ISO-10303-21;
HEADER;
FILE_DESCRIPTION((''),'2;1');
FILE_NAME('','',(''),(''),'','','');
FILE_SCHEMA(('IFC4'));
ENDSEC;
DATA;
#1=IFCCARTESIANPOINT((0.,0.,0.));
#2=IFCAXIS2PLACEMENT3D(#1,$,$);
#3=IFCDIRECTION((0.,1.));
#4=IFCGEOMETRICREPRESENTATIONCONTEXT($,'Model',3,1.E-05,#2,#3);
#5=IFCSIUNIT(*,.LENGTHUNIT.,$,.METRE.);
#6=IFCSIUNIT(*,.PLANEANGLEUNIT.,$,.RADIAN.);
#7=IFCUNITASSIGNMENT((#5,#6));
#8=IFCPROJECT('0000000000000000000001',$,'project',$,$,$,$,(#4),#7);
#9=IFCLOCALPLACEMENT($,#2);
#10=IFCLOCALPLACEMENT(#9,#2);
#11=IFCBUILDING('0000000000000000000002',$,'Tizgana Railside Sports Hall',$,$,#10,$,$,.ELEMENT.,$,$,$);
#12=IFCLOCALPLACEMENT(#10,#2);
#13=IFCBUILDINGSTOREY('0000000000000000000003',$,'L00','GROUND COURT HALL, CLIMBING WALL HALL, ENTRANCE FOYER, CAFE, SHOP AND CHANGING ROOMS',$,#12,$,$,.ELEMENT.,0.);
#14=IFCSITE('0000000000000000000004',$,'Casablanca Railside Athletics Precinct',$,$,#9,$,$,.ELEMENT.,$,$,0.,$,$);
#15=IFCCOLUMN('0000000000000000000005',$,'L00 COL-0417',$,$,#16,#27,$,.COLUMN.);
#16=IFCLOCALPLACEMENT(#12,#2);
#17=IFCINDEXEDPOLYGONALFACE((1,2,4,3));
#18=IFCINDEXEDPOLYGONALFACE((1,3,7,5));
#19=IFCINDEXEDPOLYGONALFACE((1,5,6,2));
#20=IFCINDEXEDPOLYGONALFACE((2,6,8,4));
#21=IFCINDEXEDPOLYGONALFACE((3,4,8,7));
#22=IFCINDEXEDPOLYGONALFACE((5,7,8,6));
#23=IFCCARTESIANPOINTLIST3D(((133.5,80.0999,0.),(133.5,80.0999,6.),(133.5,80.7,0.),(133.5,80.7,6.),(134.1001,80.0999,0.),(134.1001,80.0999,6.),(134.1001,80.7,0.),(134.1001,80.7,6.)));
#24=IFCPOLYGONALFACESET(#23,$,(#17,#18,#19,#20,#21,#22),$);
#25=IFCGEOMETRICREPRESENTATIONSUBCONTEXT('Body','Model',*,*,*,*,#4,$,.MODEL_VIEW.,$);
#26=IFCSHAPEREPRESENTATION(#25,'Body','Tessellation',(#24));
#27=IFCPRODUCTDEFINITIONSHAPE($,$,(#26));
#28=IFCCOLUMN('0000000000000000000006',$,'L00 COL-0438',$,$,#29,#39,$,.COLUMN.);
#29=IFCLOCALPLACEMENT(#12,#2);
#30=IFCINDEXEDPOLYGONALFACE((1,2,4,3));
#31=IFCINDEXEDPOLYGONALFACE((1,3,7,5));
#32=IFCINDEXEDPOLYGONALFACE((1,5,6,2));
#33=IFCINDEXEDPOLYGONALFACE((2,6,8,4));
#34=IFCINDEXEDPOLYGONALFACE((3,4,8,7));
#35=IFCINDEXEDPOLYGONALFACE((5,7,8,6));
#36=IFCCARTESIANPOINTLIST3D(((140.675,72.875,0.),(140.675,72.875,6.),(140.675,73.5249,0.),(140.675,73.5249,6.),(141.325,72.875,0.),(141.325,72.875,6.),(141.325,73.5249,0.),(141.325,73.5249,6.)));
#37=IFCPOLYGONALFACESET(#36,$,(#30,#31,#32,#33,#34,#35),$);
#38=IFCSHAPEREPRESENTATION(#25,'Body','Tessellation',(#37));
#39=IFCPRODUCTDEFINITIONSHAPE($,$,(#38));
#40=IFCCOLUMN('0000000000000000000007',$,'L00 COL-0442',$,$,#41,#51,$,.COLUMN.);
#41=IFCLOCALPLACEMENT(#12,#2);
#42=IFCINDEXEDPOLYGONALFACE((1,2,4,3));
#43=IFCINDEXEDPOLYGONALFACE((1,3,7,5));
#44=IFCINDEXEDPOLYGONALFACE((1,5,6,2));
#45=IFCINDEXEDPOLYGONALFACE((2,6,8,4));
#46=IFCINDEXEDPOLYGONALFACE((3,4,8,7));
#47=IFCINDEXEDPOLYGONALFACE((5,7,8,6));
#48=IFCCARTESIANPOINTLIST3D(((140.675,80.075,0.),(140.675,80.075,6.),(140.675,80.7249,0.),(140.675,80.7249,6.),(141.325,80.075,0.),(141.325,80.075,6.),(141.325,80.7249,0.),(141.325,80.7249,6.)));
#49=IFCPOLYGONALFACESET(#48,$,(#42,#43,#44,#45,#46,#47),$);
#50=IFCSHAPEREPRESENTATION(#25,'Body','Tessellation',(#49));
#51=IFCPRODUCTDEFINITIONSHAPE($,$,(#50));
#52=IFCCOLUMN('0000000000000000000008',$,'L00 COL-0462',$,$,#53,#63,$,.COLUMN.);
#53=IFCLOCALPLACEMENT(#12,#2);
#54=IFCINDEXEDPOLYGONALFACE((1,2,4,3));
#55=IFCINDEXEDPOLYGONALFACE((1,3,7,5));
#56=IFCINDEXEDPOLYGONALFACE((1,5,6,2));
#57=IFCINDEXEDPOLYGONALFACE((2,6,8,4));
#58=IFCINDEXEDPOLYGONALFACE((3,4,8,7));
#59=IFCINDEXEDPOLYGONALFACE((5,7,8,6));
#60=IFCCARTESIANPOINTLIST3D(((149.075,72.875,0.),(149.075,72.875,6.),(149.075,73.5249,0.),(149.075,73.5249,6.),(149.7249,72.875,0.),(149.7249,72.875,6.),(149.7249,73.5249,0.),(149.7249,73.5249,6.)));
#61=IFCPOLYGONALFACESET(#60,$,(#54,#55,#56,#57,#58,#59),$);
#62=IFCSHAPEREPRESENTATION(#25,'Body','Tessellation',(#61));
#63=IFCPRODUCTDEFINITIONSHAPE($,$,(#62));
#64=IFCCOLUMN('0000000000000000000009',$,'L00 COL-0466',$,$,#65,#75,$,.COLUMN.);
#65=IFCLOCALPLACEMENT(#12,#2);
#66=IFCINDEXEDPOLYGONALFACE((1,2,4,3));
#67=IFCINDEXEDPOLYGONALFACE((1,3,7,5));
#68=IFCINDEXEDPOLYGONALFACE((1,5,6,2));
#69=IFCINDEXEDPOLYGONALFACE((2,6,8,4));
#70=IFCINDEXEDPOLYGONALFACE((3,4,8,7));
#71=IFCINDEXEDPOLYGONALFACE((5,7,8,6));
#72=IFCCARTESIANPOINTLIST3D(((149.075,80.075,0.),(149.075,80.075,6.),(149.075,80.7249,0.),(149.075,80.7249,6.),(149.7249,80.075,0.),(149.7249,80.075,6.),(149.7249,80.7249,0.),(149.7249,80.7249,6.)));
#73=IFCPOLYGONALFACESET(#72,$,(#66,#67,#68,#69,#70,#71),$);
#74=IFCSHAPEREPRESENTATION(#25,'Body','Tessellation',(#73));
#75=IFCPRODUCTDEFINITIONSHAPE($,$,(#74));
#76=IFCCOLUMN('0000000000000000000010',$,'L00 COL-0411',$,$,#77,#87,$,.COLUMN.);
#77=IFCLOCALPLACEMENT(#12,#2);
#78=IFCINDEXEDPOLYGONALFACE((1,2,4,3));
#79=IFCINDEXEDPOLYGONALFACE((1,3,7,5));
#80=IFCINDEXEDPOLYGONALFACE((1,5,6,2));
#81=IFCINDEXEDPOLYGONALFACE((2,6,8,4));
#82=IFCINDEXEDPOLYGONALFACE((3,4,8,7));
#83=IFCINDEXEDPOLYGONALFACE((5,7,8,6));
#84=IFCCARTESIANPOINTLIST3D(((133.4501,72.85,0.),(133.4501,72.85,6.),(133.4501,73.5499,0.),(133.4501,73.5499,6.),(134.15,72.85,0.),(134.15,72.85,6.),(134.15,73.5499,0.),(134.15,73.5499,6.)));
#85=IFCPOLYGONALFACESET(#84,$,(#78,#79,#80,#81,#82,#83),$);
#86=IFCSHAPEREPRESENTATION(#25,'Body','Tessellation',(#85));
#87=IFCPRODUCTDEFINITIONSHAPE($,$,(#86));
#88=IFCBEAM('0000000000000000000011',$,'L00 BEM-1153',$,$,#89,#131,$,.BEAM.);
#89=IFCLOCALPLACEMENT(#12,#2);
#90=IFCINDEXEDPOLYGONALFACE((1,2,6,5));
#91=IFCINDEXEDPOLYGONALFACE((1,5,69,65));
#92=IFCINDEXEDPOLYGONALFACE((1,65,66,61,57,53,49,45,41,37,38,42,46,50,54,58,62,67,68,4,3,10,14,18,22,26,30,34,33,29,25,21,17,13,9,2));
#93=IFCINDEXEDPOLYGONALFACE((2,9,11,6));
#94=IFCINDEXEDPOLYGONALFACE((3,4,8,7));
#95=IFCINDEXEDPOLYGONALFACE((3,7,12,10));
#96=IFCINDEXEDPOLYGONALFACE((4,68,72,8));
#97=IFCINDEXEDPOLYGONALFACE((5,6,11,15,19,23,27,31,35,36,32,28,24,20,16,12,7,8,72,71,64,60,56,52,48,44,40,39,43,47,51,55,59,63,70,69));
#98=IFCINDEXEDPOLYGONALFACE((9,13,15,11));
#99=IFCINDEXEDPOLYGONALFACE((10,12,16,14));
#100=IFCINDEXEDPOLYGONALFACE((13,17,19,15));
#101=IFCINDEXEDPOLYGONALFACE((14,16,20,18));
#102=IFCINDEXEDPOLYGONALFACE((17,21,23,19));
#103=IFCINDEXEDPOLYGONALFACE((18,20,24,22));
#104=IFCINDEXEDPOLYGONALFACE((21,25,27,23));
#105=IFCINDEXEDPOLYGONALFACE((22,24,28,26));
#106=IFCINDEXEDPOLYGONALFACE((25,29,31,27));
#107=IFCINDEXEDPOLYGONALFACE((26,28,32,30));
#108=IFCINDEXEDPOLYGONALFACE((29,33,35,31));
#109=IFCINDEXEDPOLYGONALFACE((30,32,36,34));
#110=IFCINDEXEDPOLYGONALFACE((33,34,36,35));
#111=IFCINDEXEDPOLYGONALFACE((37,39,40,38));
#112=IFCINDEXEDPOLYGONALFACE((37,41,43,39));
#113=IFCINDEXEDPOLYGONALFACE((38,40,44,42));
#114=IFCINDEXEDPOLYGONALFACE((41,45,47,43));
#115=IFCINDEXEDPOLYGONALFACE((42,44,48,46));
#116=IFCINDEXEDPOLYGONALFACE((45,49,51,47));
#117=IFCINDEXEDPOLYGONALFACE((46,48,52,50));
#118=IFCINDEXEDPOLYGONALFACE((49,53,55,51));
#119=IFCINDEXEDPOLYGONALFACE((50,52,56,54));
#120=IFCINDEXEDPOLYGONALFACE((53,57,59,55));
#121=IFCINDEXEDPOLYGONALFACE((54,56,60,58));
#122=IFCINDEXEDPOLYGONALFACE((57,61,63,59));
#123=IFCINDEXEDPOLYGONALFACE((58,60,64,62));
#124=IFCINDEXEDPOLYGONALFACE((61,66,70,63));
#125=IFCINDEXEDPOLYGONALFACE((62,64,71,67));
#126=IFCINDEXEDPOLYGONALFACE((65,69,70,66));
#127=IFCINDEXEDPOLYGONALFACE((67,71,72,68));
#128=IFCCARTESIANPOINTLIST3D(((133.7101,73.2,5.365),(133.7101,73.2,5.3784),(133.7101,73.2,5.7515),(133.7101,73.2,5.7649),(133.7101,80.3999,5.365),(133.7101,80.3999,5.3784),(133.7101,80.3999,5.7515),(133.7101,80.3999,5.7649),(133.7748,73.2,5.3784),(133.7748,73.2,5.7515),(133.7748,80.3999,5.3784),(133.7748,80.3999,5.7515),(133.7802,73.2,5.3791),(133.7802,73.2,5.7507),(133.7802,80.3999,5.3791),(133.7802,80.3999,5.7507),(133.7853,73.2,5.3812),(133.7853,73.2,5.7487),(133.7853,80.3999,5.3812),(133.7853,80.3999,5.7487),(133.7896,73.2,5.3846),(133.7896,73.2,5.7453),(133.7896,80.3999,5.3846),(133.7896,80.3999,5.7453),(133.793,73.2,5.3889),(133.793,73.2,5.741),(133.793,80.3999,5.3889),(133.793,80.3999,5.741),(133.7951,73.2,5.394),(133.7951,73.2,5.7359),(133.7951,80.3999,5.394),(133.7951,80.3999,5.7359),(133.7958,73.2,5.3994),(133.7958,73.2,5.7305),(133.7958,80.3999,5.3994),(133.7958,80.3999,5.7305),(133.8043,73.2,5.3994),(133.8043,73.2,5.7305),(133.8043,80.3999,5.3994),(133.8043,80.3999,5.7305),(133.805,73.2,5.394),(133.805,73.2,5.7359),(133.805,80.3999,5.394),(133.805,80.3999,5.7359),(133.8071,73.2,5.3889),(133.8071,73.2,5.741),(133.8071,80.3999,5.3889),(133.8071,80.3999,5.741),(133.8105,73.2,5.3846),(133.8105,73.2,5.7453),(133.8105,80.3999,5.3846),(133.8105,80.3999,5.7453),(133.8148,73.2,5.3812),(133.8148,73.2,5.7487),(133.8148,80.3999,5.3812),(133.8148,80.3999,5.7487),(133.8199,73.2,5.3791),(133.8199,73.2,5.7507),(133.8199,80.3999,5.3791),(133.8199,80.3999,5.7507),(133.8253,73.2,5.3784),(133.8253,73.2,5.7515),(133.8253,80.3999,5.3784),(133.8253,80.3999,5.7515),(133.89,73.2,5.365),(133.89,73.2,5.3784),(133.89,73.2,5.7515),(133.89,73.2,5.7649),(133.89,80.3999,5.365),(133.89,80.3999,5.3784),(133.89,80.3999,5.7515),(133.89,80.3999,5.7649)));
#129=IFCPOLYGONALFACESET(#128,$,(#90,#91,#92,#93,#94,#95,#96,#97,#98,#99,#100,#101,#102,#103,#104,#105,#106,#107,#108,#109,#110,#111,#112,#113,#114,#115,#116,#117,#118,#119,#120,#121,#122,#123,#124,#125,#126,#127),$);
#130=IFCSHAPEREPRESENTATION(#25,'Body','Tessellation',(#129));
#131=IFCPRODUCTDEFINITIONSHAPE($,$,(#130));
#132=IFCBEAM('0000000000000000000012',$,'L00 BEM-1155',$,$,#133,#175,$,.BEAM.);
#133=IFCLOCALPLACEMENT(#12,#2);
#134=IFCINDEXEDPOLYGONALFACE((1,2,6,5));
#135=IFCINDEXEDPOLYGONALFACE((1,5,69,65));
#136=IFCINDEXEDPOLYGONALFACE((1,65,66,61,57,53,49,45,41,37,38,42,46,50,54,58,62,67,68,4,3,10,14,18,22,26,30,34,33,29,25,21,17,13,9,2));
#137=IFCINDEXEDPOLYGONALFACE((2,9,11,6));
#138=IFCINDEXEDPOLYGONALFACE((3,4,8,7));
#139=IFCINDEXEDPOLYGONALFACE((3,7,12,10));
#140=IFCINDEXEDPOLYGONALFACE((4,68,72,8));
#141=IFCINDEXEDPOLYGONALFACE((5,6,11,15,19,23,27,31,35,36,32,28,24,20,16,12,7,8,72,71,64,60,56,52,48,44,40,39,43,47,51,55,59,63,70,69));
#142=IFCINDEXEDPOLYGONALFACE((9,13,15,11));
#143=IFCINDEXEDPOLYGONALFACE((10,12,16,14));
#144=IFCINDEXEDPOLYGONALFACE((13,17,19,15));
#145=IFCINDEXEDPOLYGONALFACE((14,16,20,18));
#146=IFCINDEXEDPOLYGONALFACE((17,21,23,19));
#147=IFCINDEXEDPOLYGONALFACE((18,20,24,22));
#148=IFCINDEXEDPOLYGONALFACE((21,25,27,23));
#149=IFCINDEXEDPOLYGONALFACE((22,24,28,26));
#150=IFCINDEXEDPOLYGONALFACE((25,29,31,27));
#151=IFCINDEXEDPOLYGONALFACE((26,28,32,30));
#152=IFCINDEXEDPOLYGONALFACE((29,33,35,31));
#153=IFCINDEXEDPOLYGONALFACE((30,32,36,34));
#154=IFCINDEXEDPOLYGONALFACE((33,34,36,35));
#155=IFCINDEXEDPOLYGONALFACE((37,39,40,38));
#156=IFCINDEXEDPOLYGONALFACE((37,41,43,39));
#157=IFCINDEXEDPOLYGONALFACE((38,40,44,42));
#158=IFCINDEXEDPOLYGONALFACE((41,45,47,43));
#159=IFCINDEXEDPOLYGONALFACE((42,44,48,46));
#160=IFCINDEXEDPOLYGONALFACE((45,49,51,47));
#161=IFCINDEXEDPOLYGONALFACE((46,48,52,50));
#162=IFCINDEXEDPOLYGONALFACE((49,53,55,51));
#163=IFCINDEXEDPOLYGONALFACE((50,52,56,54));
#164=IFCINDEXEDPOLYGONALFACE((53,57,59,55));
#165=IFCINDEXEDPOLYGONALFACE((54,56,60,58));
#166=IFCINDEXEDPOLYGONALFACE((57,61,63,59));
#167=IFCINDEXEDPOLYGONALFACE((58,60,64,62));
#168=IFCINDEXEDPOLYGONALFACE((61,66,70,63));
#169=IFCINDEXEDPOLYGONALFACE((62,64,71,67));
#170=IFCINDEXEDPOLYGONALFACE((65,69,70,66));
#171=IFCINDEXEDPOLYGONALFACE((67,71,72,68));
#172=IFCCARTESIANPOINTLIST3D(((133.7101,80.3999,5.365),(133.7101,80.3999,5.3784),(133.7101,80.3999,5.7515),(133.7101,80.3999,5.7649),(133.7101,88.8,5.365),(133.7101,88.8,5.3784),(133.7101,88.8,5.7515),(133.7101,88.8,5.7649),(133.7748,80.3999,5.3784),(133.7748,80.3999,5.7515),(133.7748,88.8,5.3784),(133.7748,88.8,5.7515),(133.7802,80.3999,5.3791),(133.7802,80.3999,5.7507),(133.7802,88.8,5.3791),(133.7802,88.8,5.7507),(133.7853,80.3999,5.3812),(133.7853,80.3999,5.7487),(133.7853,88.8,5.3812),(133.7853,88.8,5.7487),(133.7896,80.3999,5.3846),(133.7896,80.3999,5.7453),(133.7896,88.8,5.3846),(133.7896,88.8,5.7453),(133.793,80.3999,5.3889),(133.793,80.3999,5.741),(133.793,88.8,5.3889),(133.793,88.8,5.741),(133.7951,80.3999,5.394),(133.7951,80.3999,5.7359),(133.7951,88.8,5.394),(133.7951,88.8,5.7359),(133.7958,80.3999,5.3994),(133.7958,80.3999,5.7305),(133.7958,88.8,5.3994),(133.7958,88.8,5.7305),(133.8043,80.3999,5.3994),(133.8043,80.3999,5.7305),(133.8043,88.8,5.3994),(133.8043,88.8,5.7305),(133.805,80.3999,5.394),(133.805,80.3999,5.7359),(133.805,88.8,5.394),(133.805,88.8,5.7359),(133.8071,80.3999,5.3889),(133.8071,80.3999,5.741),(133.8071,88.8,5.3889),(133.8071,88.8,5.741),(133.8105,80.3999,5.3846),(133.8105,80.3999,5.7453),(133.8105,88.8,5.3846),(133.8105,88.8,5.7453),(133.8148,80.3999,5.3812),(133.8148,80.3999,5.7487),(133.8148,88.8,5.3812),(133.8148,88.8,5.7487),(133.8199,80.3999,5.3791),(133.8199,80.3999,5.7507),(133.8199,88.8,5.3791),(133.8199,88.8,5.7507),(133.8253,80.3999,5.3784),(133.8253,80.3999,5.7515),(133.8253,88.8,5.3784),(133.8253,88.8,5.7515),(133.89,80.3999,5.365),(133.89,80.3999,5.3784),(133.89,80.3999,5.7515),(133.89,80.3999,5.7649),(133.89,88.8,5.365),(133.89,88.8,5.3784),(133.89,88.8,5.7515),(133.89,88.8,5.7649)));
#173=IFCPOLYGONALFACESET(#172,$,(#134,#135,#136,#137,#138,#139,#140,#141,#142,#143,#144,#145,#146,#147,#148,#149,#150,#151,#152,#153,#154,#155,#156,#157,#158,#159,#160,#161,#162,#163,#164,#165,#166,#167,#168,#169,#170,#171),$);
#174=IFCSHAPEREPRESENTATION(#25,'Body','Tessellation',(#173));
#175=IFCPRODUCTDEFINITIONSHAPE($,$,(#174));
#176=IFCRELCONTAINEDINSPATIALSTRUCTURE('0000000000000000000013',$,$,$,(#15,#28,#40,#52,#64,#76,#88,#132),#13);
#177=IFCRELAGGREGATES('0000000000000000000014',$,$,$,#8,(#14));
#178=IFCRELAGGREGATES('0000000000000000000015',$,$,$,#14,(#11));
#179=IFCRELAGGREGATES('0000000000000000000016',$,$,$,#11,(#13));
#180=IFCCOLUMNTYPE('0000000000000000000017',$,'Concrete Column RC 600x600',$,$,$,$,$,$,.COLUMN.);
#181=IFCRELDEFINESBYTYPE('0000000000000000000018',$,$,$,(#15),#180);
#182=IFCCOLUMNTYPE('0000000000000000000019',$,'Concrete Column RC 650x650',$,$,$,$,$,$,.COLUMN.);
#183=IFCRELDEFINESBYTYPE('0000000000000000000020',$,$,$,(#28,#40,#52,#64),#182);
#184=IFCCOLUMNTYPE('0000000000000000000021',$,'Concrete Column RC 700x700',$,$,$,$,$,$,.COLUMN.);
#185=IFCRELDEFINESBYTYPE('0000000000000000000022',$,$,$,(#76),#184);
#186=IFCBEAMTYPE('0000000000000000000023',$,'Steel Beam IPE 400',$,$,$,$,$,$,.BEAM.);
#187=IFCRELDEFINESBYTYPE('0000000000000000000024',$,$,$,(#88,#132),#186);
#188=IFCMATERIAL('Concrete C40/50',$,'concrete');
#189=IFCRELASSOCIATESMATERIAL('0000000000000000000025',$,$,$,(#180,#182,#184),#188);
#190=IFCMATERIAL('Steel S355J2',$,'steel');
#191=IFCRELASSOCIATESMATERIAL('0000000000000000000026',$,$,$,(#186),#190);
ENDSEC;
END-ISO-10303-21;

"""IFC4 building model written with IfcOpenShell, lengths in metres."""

from ifc_helpers import new_model, si_unit, direction, frame, origin, origin_2d, place, context, subcontext, project, spatial, rectangle, i_section, extrude, material, material_profile, profile_set, type_object, element, save


model = new_model("IFC4")

# Units and contexts
model_context = context("Model", 3, precision=1e-05, world=origin(), true_north=direction((0.0, 1.0)))
body_context = subcontext(model_context, "Body", "Model", "MODEL_VIEW")
ifc_project = project(units=[si_unit("LENGTHUNIT", "METRE"), si_unit("PLANEANGLEUNIT", "RADIAN")], contexts=[model_context])

# Site, building, storey
site_placement = place(None, origin())
site = spatial("IfcSite", under=ifc_project, at=site_placement, Name="Casablanca Railside Athletics Precinct", CompositionType="ELEMENT", RefElevation=0.0)
building_placement = place(site_placement, origin())
building = spatial("IfcBuilding", under=site, at=building_placement, Name="Tizgana Railside Sports Hall", CompositionType="ELEMENT")
storey_placement = place(building_placement, origin())
storey = spatial("IfcBuildingStorey", under=building, at=storey_placement, Name="L00", Description="GROUND COURT HALL, CLIMBING WALL HALL, ENTRANCE FOYER, CAFE, SHOP AND CHANGING ROOMS", CompositionType="ELEMENT", Elevation=0.0)

# Columns
ifc_material_1 = material(Name="Concrete C40/50", Category="concrete")
ifc_material_profile_1 = material_profile(ifc_material_1, rectangle(XDim=0.6001, YDim=0.6001, at=origin_2d()), Name="RC 600x600")
ifc_profile_set_1 = profile_set([ifc_material_profile_1], Name="Concrete C40/50")
column_type_1 = type_object("IfcColumnType", Name="Concrete Column RC 600x600", PredefinedType="COLUMN", material=ifc_profile_set_1)
column_1_placement = place(storey_placement, frame((133.8, 80.3999, 0.0), z_axis=(0.0, 0.0, 1.0), x_axis=(1.0, 0.0, 0.0)))
element("IfcColumn", 1, at=column_1_placement, inside=storey, type_object=column_type_1, Name="L00 COL-0417", PredefinedType="COLUMN", context=body_context, shape_type="SweptSolid", body=[
    extrude(rectangle(XDim=0.6001, YDim=0.6001, at=origin_2d()), origin(), (0.0, 0.0, 1.0), 6.0),
])
ifc_material_profile_2 = material_profile(ifc_material_1, rectangle(XDim=0.6499, YDim=0.6499, at=origin_2d()), Name="RC 650x650")
ifc_profile_set_2 = profile_set([ifc_material_profile_2], Name="Concrete C40/50")
column_type_2 = type_object("IfcColumnType", Name="Concrete Column RC 650x650", PredefinedType="COLUMN", material=ifc_profile_set_2)
for number, where, z_axis, x_axis, name in (
    (2, (141.0, 73.2, 0.0), (0.0, 0.0, 1.0), (1.0, 0.0, 0.0), "L00 COL-0438"),
    (3, (141.0, 80.3999, 0.0), (0.0, 0.0, 1.0), (1.0, 0.0, 0.0), "L00 COL-0442"),
    (4, (149.3999, 73.2, 0.0), (0.0, 0.0, 1.0), (1.0, 0.0, 0.0), "L00 COL-0462"),
    (5, (149.3999, 80.3999, 0.0), (0.0, 0.0, 1.0), (1.0, 0.0, 0.0), "L00 COL-0466"),
):
    element("IfcColumn", number, at=place(storey_placement, frame(where, z_axis=z_axis, x_axis=x_axis)), inside=storey, type_object=column_type_2, Name=name, PredefinedType="COLUMN", context=body_context, shape_type="SweptSolid", body=[
        extrude(rectangle(XDim=0.6499, YDim=0.6499, at=origin_2d()), origin(), (0.0, 0.0, 1.0), 6.0),
    ])
ifc_material_profile_3 = material_profile(ifc_material_1, rectangle(XDim=0.7, YDim=0.7, at=origin_2d()), Name="RC 700x700")
ifc_profile_set_3 = profile_set([ifc_material_profile_3], Name="Concrete C40/50")
column_type_3 = type_object("IfcColumnType", Name="Concrete Column RC 700x700", PredefinedType="COLUMN", material=ifc_profile_set_3)
column_2_placement = place(storey_placement, frame((133.8, 73.2, 0.0), z_axis=(0.0, 0.0, 1.0), x_axis=(1.0, 0.0, 0.0)))
element("IfcColumn", 6, at=column_2_placement, inside=storey, type_object=column_type_3, Name="L00 COL-0411", PredefinedType="COLUMN", context=body_context, shape_type="SweptSolid", body=[
    extrude(rectangle(XDim=0.7, YDim=0.7, at=origin_2d()), origin(), (0.0, 0.0, 1.0), 6.0),
])

# Beams
ifc_material_2 = material(Name="Steel S355J2", Category="steel")
ifc_material_profile_4 = material_profile(ifc_material_2, i_section(OverallWidth=0.1799, OverallDepth=0.3999, WebThickness=0.0085, FlangeThickness=0.0134, FilletRadius=0.021, at=origin_2d()), Name="IPE 400")
ifc_profile_set_4 = profile_set([ifc_material_profile_4], Name="Steel S355J2")
beam_type_1 = type_object("IfcBeamType", Name="Steel Beam IPE 400", PredefinedType="BEAM", material=ifc_profile_set_4)
beam_1_placement = place(storey_placement, frame((133.8, 73.2, 5.5649), z_axis=(0.0, 1.0, 0.0), x_axis=(-1.0, 0.0, 0.0)))
element("IfcBeam", 7, at=beam_1_placement, inside=storey, type_object=beam_type_1, Name="L00 BEM-1153", PredefinedType="BEAM", context=body_context, shape_type="SweptSolid", body=[
    extrude(i_section(OverallWidth=0.1799, OverallDepth=0.3999, WebThickness=0.0085, FlangeThickness=0.0134, FilletRadius=0.021, at=origin_2d()), origin(), (0.0, 0.0, 1.0), 7.2),
])
beam_2_placement = place(storey_placement, frame((133.8, 80.3999, 5.5649), z_axis=(0.0, 1.0, 0.0), x_axis=(-1.0, 0.0, 0.0)))
element("IfcBeam", 8, at=beam_2_placement, inside=storey, type_object=beam_type_1, Name="L00 BEM-1155", PredefinedType="BEAM", context=body_context, shape_type="SweptSolid", body=[
    extrude(i_section(OverallWidth=0.1799, OverallDepth=0.3999, WebThickness=0.0085, FlangeThickness=0.0134, FilletRadius=0.021, at=origin_2d()), origin(), (0.0, 0.0, 1.0), 8.4001),
])

save(model, "model.ifc")
